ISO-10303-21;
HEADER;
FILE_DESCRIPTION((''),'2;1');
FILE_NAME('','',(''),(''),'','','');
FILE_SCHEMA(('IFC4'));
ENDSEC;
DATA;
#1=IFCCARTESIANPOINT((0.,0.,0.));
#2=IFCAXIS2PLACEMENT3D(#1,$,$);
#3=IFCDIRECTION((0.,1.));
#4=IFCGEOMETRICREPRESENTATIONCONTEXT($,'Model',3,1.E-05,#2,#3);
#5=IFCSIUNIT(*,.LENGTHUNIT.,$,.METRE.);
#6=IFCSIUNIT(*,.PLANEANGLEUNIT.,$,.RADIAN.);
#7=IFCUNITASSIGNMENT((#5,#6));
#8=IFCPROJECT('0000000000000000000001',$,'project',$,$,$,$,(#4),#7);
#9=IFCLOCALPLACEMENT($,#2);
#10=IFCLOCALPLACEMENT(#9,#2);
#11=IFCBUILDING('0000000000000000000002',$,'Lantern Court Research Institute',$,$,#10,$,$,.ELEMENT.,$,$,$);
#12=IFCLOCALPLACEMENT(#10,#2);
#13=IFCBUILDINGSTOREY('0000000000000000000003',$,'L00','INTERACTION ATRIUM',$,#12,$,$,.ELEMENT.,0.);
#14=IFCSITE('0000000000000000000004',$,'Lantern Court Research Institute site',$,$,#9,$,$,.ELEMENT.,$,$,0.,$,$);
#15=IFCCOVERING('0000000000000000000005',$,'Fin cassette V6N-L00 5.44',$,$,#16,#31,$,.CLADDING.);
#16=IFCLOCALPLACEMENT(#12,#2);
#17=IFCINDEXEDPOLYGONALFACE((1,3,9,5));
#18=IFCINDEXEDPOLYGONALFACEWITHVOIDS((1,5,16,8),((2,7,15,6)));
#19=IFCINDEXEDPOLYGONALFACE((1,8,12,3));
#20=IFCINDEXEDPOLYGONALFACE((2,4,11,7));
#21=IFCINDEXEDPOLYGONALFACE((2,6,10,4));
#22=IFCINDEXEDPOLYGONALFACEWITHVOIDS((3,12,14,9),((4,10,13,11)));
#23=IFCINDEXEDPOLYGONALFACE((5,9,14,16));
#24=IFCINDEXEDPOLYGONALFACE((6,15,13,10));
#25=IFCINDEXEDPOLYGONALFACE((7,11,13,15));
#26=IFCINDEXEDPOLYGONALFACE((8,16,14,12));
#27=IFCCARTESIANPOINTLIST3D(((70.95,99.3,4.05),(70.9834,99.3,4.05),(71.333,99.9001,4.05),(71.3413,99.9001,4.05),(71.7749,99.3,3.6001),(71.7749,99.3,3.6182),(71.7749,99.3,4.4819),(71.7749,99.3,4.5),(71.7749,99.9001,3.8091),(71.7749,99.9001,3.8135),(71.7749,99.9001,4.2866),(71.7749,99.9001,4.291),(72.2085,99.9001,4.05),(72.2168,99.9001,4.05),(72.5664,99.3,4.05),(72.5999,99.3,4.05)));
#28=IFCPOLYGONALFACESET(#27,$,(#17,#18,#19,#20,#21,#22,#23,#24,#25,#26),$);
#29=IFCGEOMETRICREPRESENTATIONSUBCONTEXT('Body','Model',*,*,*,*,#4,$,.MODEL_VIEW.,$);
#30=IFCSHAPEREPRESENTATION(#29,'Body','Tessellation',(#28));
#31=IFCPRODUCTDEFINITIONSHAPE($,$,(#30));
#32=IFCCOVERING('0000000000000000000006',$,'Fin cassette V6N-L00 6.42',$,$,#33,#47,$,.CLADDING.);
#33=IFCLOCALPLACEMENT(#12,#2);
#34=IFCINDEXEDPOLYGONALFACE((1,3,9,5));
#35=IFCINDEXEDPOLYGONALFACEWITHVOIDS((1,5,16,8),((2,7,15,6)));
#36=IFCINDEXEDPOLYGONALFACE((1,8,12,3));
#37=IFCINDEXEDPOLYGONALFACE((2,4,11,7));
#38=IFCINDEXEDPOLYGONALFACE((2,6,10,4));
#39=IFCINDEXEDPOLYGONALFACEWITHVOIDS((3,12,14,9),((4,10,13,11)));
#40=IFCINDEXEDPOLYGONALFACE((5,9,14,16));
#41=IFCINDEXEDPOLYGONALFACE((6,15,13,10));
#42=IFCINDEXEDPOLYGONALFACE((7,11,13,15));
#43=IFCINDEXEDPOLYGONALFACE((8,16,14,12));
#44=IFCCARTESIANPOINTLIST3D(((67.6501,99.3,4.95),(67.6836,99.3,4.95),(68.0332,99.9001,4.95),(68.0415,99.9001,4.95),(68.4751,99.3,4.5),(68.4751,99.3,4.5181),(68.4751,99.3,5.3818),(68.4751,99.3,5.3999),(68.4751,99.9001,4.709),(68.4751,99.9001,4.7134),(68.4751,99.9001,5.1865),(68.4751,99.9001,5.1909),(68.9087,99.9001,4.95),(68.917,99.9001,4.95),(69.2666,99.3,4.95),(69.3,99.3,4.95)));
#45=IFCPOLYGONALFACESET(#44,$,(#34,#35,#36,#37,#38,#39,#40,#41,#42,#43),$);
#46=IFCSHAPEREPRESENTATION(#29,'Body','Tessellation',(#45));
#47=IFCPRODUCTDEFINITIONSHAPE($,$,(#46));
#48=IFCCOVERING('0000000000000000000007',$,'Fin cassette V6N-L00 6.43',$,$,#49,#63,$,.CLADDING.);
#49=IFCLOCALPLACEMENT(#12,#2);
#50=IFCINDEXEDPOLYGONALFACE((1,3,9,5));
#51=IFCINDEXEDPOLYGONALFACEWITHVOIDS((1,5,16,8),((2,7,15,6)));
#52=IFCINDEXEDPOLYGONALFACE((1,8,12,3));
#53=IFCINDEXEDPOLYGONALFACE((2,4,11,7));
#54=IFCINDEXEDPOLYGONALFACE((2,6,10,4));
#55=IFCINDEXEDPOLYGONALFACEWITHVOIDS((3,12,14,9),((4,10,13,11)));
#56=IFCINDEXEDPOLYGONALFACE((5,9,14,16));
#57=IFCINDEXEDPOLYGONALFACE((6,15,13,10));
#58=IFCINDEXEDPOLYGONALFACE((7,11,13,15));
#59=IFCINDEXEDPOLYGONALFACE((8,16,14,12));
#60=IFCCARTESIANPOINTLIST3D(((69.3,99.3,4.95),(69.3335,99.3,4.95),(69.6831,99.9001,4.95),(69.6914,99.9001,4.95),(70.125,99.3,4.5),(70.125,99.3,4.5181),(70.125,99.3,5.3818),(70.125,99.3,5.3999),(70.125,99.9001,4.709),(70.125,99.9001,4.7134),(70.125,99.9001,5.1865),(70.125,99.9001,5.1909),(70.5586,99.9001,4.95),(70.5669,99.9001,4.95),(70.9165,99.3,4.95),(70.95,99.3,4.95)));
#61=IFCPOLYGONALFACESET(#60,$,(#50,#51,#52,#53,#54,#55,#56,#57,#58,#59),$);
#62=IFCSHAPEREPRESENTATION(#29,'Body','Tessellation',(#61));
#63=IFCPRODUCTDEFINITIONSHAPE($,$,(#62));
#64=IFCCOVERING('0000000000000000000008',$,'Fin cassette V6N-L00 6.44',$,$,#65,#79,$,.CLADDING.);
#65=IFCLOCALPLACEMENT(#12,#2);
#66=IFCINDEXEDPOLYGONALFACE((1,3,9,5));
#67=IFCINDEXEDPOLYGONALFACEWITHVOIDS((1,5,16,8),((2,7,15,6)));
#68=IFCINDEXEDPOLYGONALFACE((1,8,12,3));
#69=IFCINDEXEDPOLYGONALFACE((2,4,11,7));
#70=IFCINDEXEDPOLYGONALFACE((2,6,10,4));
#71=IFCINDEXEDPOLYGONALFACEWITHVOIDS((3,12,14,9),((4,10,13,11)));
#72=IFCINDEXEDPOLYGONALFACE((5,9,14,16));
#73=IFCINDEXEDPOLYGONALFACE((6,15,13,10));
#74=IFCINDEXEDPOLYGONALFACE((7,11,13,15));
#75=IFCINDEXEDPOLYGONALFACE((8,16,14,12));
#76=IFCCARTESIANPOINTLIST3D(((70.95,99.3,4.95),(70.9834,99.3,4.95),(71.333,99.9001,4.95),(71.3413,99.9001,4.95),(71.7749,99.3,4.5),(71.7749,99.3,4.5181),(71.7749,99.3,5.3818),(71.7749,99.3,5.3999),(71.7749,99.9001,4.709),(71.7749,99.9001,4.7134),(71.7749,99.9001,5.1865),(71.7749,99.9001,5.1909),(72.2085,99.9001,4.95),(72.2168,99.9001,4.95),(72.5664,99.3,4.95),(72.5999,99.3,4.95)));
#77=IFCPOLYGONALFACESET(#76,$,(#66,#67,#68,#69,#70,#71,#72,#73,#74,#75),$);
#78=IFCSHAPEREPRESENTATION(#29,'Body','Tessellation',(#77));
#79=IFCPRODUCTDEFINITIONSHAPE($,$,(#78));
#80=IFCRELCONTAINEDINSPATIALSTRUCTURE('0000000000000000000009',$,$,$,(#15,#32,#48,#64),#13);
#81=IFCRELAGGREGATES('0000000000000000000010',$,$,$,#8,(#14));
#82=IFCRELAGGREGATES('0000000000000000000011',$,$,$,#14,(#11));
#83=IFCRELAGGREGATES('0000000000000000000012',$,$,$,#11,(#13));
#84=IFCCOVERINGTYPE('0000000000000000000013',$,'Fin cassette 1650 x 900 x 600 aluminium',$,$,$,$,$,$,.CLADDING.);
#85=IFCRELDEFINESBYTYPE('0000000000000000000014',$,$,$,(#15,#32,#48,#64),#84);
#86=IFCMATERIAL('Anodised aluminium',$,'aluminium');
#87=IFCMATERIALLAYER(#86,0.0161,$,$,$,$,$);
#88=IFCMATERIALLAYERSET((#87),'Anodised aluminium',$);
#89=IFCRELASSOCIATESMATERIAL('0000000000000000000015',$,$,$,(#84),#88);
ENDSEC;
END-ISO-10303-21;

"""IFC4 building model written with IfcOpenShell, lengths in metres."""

from ifc_helpers import new_model, entity, si_unit, direction, frame, origin, place, context, subcontext, project, spatial, material, layer, layer_set, type_object, element, save


model = new_model("IFC4")

# Units and contexts
model_context = context("Model", 3, precision=1e-05, world=origin(), true_north=direction((0.0, 1.0)))
body_context = subcontext(model_context, "Body", "Model", "MODEL_VIEW")
ifc_project = project(units=[si_unit("LENGTHUNIT", "METRE"), si_unit("PLANEANGLEUNIT", "RADIAN")], contexts=[model_context])

# Site, building, storey
site_placement = place(None, origin())
site = spatial("IfcSite", under=ifc_project, at=site_placement, Name="Lantern Court Research Institute site", CompositionType="ELEMENT", RefElevation=0.0)
building_placement = place(site_placement, origin())
building = spatial("IfcBuilding", under=site, at=building_placement, Name="Lantern Court Research Institute", CompositionType="ELEMENT")
storey_placement = place(building_placement, origin())
storey = spatial("IfcBuildingStorey", under=building, at=storey_placement, Name="L00", Description="INTERACTION ATRIUM", CompositionType="ELEMENT", Elevation=0.0)

# Coverings
ifc_material = material(Name="Anodised aluminium", Category="aluminium")
ifc_layer = layer(ifc_material, 0.0161)
ifc_layer_set = layer_set([ifc_layer], Name="Anodised aluminium")
covering_type = type_object("IfcCoveringType", Name="Fin cassette 1650 x 900 x 600 aluminium", PredefinedType="CLADDING", material=ifc_layer_set)
covering_1_placement = place(storey_placement, frame((71.7749, 99.3, 4.05), z_axis=(0.0, 1.0, 0.0), x_axis=(-1.0, 0.0, 0.0)))
cartesian_point_1 = entity("IfcCartesianPoint", [0.825, 0.0])
cartesian_point_2 = entity("IfcCartesianPoint", [0.7915, 0.0])
cartesian_point_3 = entity("IfcCartesianPoint", [0.4419, 0.0])
cartesian_point_4 = entity("IfcCartesianPoint", [0.4336, 0.0])
element("IfcCovering", 1, at=covering_1_placement, inside=storey, type_object=covering_type, Name="Fin cassette V6N-L00 5.44", PredefinedType="CLADDING", context=body_context, shape_type="SweptSolid", body=[
    entity("IfcExtrudedAreaSolidTapered", entity("IfcArbitraryProfileDefWithVoids", "AREA", None, entity("IfcPolyline", [cartesian_point_1, entity("IfcCartesianPoint", [0.0, 0.45]), entity("IfcCartesianPoint", [-0.825, 0.0]), entity("IfcCartesianPoint", [0.0, -0.45]), cartesian_point_1]), [entity("IfcPolyline", [cartesian_point_2, entity("IfcCartesianPoint", [0.0, 0.4319]), entity("IfcCartesianPoint", [-0.7915, 0.0]), entity("IfcCartesianPoint", [0.0, -0.4319]), cartesian_point_2])]), entity("IfcAxis2Placement3D", entity("IfcCartesianPoint", [0.0, 0.0, 0.0])), entity("IfcDirection", [0.0, 0.0, 1.0]), 0.6001, entity("IfcArbitraryProfileDefWithVoids", "AREA", None, entity("IfcPolyline", [cartesian_point_3, entity("IfcCartesianPoint", [0.0, 0.241]), entity("IfcCartesianPoint", [-0.4419, 0.0]), entity("IfcCartesianPoint", [0.0, -0.241]), cartesian_point_3]), [entity("IfcPolyline", [cartesian_point_4, entity("IfcCartesianPoint", [0.0, 0.2366]), entity("IfcCartesianPoint", [-0.4336, 0.0]), entity("IfcCartesianPoint", [0.0, -0.2366]), cartesian_point_4])])),
])
covering_2_placement = place(storey_placement, frame((68.4751, 99.3, 4.95), z_axis=(0.0, 1.0, 0.0), x_axis=(-1.0, 0.0, 0.0)))
cartesian_point_5 = entity("IfcCartesianPoint", [0.825, 0.0])
cartesian_point_6 = entity("IfcCartesianPoint", [0.7915, 0.0])
cartesian_point_7 = entity("IfcCartesianPoint", [0.4419, 0.0])
cartesian_point_8 = entity("IfcCartesianPoint", [0.4336, 0.0])
element("IfcCovering", 2, at=covering_2_placement, inside=storey, type_object=covering_type, Name="Fin cassette V6N-L00 6.42", PredefinedType="CLADDING", context=body_context, shape_type="SweptSolid", body=[
    entity("IfcExtrudedAreaSolidTapered", entity("IfcArbitraryProfileDefWithVoids", "AREA", None, entity("IfcPolyline", [cartesian_point_5, entity("IfcCartesianPoint", [0.0, 0.45]), entity("IfcCartesianPoint", [-0.825, 0.0]), entity("IfcCartesianPoint", [0.0, -0.45]), cartesian_point_5]), [entity("IfcPolyline", [cartesian_point_6, entity("IfcCartesianPoint", [0.0, 0.4319]), entity("IfcCartesianPoint", [-0.7915, 0.0]), entity("IfcCartesianPoint", [0.0, -0.4319]), cartesian_point_6])]), entity("IfcAxis2Placement3D", entity("IfcCartesianPoint", [0.0, 0.0, 0.0])), entity("IfcDirection", [0.0, 0.0, 1.0]), 0.6001, entity("IfcArbitraryProfileDefWithVoids", "AREA", None, entity("IfcPolyline", [cartesian_point_7, entity("IfcCartesianPoint", [0.0, 0.241]), entity("IfcCartesianPoint", [-0.4419, 0.0]), entity("IfcCartesianPoint", [0.0, -0.241]), cartesian_point_7]), [entity("IfcPolyline", [cartesian_point_8, entity("IfcCartesianPoint", [0.0, 0.2366]), entity("IfcCartesianPoint", [-0.4336, 0.0]), entity("IfcCartesianPoint", [0.0, -0.2366]), cartesian_point_8])])),
])
covering_3_placement = place(storey_placement, frame((70.125, 99.3, 4.95), z_axis=(0.0, 1.0, 0.0), x_axis=(-1.0, 0.0, 0.0)))
cartesian_point_9 = entity("IfcCartesianPoint", [0.825, 0.0])
cartesian_point_10 = entity("IfcCartesianPoint", [0.7915, 0.0])
cartesian_point_11 = entity("IfcCartesianPoint", [0.4419, 0.0])
cartesian_point_12 = entity("IfcCartesianPoint", [0.4336, 0.0])
element("IfcCovering", 3, at=covering_3_placement, inside=storey, type_object=covering_type, Name="Fin cassette V6N-L00 6.43", PredefinedType="CLADDING", context=body_context, shape_type="SweptSolid", body=[
    entity("IfcExtrudedAreaSolidTapered", entity("IfcArbitraryProfileDefWithVoids", "AREA", None, entity("IfcPolyline", [cartesian_point_9, entity("IfcCartesianPoint", [0.0, 0.45]), entity("IfcCartesianPoint", [-0.825, 0.0]), entity("IfcCartesianPoint", [0.0, -0.45]), cartesian_point_9]), [entity("IfcPolyline", [cartesian_point_10, entity("IfcCartesianPoint", [0.0, 0.4319]), entity("IfcCartesianPoint", [-0.7915, 0.0]), entity("IfcCartesianPoint", [0.0, -0.4319]), cartesian_point_10])]), entity("IfcAxis2Placement3D", entity("IfcCartesianPoint", [0.0, 0.0, 0.0])), entity("IfcDirection", [0.0, 0.0, 1.0]), 0.6001, entity("IfcArbitraryProfileDefWithVoids", "AREA", None, entity("IfcPolyline", [cartesian_point_11, entity("IfcCartesianPoint", [0.0, 0.241]), entity("IfcCartesianPoint", [-0.4419, 0.0]), entity("IfcCartesianPoint", [0.0, -0.241]), cartesian_point_11]), [entity("IfcPolyline", [cartesian_point_12, entity("IfcCartesianPoint", [0.0, 0.2366]), entity("IfcCartesianPoint", [-0.4336, 0.0]), entity("IfcCartesianPoint", [0.0, -0.2366]), cartesian_point_12])])),
])
covering_4_placement = place(storey_placement, frame((71.7749, 99.3, 4.95), z_axis=(0.0, 1.0, 0.0), x_axis=(-1.0, 0.0, 0.0)))
cartesian_point_13 = entity("IfcCartesianPoint", [0.825, 0.0])
cartesian_point_14 = entity("IfcCartesianPoint", [0.7915, 0.0])
cartesian_point_15 = entity("IfcCartesianPoint", [0.4419, 0.0])
cartesian_point_16 = entity("IfcCartesianPoint", [0.4336, 0.0])
element("IfcCovering", 4, at=covering_4_placement, inside=storey, type_object=covering_type, Name="Fin cassette V6N-L00 6.44", PredefinedType="CLADDING", context=body_context, shape_type="SweptSolid", body=[
    entity("IfcExtrudedAreaSolidTapered", entity("IfcArbitraryProfileDefWithVoids", "AREA", None, entity("IfcPolyline", [cartesian_point_13, entity("IfcCartesianPoint", [0.0, 0.45]), entity("IfcCartesianPoint", [-0.825, 0.0]), entity("IfcCartesianPoint", [0.0, -0.45]), cartesian_point_13]), [entity("IfcPolyline", [cartesian_point_14, entity("IfcCartesianPoint", [0.0, 0.4319]), entity("IfcCartesianPoint", [-0.7915, 0.0]), entity("IfcCartesianPoint", [0.0, -0.4319]), cartesian_point_14])]), entity("IfcAxis2Placement3D", entity("IfcCartesianPoint", [0.0, 0.0, 0.0])), entity("IfcDirection", [0.0, 0.0, 1.0]), 0.6001, entity("IfcArbitraryProfileDefWithVoids", "AREA", None, entity("IfcPolyline", [cartesian_point_15, entity("IfcCartesianPoint", [0.0, 0.241]), entity("IfcCartesianPoint", [-0.4419, 0.0]), entity("IfcCartesianPoint", [0.0, -0.241]), cartesian_point_15]), [entity("IfcPolyline", [cartesian_point_16, entity("IfcCartesianPoint", [0.0, 0.2366]), entity("IfcCartesianPoint", [-0.4336, 0.0]), entity("IfcCartesianPoint", [0.0, -0.2366]), cartesian_point_16])])),
])

save(model, "model.ifc")
